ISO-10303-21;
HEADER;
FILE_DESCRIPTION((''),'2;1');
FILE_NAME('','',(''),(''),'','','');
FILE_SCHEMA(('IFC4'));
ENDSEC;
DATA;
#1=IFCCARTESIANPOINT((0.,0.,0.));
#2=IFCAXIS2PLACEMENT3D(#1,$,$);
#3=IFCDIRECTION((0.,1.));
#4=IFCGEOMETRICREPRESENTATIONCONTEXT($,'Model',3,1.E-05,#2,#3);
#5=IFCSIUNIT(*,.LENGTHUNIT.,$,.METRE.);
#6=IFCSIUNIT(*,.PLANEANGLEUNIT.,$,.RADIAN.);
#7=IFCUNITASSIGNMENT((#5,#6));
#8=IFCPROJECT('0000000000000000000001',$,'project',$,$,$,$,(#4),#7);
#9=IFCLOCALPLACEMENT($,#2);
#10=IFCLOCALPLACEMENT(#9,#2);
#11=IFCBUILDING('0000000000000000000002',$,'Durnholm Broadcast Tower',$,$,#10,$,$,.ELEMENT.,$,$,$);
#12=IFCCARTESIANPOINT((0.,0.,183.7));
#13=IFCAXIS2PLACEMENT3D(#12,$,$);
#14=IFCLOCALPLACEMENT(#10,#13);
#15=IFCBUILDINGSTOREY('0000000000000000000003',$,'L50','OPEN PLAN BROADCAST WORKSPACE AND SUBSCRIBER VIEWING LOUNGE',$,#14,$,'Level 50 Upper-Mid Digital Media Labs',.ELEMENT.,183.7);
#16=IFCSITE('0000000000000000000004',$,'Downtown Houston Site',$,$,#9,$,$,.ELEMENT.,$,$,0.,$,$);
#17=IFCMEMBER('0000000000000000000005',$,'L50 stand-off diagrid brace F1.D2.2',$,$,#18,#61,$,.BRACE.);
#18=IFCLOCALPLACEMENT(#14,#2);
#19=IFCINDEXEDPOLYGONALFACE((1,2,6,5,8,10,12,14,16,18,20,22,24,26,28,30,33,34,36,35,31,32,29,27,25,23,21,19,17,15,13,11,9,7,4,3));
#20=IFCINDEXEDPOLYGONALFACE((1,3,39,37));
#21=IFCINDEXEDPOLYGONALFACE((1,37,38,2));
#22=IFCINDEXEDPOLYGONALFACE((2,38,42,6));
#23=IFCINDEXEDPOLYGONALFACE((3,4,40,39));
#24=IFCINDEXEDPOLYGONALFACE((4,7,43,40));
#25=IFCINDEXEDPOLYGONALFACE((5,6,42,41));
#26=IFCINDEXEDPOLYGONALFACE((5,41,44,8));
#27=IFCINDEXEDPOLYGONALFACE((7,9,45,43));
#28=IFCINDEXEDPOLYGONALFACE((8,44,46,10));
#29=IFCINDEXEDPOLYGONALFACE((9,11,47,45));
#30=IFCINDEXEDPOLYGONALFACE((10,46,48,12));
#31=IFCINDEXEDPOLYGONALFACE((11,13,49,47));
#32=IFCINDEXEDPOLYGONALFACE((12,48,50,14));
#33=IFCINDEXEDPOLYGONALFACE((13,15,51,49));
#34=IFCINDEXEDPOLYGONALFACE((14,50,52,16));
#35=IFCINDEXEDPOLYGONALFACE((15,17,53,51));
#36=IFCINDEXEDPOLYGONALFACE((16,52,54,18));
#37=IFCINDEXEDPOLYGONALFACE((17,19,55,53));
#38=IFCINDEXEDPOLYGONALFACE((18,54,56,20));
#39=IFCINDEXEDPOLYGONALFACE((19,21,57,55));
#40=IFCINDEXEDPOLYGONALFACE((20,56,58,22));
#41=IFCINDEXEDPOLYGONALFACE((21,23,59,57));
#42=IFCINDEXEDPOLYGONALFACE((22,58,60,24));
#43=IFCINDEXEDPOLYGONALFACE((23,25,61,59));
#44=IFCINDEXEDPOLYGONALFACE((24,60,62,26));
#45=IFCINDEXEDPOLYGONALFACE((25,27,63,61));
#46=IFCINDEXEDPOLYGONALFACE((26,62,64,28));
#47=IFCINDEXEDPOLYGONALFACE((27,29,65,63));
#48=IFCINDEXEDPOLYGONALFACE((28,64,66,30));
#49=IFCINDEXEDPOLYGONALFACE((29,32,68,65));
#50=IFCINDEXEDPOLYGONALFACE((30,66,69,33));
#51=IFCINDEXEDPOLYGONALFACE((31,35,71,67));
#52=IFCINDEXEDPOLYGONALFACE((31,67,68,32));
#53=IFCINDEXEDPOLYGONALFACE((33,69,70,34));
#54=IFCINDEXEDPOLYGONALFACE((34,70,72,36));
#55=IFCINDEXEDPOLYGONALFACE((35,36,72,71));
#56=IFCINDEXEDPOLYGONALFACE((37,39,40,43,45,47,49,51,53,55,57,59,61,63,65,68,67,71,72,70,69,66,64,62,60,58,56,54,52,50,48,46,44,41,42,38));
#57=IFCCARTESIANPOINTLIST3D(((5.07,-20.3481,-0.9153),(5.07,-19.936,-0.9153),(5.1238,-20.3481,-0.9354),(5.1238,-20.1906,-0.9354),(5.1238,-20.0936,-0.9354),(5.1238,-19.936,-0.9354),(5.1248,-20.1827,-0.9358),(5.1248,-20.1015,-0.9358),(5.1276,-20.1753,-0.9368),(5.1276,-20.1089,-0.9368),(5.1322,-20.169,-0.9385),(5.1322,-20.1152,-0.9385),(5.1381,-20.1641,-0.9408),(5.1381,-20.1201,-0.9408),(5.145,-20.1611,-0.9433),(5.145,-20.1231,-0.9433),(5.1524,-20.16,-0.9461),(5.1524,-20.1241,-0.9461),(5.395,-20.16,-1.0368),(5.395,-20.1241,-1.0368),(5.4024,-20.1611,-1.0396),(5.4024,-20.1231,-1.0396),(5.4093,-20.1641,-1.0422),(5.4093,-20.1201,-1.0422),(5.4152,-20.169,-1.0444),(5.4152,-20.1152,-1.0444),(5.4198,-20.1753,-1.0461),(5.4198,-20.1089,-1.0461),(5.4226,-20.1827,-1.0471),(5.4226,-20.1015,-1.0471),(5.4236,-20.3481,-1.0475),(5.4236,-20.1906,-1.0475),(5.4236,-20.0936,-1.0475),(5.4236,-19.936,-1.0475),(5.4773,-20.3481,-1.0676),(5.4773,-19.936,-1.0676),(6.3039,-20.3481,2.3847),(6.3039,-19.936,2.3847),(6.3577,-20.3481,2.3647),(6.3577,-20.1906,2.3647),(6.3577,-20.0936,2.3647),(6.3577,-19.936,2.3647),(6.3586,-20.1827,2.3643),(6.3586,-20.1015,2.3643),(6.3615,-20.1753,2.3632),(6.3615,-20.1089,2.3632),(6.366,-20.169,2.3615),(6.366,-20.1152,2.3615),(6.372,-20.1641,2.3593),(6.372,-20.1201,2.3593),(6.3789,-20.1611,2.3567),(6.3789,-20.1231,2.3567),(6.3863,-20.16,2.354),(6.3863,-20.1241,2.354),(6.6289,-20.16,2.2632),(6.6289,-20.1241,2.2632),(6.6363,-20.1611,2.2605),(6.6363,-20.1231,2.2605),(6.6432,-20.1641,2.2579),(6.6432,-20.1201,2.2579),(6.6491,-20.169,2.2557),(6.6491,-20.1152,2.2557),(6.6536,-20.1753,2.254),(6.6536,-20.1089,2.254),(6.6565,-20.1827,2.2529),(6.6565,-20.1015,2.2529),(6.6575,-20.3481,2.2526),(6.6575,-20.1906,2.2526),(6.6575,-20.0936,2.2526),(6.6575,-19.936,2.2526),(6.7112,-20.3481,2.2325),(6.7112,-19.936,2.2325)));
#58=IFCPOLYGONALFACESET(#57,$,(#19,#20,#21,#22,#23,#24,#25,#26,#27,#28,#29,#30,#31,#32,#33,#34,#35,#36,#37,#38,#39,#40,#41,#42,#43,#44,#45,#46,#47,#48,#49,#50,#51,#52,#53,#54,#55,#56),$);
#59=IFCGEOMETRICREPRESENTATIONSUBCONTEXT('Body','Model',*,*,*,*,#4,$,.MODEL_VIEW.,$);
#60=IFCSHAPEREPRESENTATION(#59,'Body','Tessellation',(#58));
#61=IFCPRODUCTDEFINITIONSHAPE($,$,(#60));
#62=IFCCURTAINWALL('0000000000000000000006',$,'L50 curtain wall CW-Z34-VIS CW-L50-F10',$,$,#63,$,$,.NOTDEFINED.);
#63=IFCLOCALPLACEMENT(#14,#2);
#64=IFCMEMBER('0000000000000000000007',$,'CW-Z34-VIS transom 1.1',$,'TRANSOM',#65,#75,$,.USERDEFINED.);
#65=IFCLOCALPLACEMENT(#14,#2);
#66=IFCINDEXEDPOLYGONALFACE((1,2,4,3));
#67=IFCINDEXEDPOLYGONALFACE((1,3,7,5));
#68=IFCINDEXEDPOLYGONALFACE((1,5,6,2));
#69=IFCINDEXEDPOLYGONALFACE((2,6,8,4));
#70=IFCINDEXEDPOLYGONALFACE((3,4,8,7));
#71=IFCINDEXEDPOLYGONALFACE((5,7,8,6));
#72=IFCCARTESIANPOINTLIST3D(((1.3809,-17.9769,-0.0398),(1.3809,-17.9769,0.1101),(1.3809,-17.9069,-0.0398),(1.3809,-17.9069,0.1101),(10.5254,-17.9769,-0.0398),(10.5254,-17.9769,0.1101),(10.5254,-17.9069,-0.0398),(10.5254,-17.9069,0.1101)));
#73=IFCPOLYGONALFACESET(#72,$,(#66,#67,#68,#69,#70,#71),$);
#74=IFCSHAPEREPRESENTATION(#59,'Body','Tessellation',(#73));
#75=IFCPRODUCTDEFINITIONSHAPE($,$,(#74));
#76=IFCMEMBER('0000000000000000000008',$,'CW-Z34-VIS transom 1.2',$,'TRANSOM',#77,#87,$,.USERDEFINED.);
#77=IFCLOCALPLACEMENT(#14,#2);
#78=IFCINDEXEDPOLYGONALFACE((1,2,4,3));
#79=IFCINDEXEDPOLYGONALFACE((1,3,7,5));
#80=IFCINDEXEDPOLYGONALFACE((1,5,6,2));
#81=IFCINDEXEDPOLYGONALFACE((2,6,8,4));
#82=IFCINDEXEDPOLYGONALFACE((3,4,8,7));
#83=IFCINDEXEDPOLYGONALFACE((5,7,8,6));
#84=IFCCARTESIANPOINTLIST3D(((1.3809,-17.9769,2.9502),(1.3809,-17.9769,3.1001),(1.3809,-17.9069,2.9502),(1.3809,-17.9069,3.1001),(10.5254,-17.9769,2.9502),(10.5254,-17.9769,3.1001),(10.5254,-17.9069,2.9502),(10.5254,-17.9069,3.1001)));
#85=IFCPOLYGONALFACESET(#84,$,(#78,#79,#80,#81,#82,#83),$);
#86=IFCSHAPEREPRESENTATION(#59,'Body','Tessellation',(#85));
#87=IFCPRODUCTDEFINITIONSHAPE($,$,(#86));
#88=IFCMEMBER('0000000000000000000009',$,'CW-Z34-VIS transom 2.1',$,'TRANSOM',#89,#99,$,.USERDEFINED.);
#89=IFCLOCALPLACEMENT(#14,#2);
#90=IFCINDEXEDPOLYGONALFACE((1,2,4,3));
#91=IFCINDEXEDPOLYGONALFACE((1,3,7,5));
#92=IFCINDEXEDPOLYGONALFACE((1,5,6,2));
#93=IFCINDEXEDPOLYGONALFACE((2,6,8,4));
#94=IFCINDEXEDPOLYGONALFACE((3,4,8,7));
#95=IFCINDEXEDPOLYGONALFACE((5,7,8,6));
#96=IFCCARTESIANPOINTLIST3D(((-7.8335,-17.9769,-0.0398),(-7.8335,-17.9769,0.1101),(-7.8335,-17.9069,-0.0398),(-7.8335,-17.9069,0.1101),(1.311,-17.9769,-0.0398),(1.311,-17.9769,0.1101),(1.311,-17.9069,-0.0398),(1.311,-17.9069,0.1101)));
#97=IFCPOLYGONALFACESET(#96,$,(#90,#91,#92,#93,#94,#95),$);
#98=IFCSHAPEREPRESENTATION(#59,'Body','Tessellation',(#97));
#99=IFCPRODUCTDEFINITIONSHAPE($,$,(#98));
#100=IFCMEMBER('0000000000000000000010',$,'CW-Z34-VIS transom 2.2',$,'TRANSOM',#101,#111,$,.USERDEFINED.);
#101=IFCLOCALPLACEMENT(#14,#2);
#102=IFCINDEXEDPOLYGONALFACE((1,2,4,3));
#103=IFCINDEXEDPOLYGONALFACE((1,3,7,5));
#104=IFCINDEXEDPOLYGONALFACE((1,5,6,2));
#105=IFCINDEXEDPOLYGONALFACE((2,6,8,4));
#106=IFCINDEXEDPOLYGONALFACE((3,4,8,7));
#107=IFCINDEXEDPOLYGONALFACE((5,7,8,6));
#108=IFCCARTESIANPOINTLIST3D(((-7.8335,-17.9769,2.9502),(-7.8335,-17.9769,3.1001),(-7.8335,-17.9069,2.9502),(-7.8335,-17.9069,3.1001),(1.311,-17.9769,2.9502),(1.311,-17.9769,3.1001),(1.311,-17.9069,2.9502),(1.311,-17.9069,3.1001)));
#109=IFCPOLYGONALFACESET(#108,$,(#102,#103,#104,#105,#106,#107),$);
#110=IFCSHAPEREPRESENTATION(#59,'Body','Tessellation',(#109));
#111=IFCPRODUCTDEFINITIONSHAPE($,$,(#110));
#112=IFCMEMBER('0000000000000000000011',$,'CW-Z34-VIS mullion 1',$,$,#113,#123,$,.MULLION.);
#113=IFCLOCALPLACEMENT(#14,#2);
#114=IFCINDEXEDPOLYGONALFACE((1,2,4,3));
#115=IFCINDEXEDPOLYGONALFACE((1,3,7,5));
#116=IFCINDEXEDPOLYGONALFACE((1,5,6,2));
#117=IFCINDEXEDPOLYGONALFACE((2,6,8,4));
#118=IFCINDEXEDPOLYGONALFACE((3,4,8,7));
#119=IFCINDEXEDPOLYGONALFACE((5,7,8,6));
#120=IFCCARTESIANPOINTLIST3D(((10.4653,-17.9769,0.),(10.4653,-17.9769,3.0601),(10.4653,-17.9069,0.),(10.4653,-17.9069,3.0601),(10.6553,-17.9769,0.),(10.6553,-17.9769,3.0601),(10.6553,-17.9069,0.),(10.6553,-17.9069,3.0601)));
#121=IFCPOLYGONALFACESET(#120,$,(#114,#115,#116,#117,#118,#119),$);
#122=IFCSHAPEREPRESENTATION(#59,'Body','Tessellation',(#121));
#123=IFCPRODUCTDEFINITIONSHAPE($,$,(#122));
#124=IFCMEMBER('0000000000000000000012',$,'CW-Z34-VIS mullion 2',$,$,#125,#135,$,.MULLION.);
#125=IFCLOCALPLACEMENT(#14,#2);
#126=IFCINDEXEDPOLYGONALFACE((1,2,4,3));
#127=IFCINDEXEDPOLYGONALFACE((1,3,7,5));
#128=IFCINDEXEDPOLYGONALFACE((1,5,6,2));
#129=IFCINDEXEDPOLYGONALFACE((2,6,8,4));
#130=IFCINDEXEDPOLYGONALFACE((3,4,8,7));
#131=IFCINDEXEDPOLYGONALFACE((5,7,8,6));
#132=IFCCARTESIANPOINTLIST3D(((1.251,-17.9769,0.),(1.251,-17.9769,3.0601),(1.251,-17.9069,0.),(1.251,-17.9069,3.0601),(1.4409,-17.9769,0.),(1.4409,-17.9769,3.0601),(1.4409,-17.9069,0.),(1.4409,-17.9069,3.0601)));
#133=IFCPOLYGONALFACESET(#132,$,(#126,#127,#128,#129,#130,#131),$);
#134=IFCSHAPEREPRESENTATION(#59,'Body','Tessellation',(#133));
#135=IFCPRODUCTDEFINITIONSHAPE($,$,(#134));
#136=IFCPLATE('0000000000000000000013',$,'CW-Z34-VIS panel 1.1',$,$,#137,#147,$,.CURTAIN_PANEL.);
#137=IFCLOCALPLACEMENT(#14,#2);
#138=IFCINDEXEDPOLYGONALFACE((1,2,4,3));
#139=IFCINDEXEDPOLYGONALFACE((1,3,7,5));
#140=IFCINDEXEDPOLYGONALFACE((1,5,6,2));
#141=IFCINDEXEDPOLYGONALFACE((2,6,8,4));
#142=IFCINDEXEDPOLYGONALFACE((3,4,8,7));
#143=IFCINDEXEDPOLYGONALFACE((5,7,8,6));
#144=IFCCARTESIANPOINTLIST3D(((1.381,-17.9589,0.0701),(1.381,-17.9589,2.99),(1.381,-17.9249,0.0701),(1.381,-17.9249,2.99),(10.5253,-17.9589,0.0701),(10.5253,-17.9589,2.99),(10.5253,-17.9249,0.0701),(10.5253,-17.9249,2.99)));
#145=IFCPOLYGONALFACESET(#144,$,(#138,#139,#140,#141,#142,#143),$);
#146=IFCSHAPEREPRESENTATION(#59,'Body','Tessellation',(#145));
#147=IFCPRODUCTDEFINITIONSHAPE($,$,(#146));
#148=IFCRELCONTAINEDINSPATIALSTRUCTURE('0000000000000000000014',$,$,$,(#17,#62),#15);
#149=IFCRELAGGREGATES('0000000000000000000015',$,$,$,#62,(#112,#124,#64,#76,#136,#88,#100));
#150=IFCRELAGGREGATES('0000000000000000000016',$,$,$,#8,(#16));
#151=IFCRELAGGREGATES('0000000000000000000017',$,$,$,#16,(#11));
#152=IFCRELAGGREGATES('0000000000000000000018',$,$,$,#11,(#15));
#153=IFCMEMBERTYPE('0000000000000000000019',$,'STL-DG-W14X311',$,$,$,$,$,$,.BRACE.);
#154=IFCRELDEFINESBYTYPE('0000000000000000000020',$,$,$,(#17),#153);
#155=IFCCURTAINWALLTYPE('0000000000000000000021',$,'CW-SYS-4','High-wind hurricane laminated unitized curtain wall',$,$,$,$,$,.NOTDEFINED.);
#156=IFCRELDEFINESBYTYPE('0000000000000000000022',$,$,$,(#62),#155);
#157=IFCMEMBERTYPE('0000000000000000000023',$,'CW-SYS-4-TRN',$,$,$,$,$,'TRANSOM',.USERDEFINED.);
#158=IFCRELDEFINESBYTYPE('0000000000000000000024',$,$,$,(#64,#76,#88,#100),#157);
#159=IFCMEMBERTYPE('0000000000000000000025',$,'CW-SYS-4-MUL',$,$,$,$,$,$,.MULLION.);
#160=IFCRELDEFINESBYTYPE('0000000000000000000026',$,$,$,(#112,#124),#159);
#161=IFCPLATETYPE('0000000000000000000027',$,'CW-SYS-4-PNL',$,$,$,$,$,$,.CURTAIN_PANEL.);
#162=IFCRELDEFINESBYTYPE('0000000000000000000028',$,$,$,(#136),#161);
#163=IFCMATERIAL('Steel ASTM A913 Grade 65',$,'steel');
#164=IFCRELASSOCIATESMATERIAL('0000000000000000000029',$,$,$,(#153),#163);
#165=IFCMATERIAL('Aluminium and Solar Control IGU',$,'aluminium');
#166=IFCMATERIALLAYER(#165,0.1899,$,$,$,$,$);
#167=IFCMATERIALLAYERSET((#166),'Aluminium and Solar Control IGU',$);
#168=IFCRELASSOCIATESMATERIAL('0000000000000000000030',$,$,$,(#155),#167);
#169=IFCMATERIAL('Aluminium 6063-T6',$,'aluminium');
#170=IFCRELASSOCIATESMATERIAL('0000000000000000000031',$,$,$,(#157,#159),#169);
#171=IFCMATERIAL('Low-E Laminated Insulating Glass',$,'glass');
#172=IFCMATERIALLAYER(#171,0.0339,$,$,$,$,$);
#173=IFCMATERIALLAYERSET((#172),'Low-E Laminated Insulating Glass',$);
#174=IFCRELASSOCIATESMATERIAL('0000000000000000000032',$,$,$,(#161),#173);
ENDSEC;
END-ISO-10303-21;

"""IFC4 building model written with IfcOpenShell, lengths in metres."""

from ifc_helpers import new_model, si_unit, direction, frame, origin, origin_2d, place, context, subcontext, project, spatial, rectangle, i_section, extrude, source, transform, mapped, material, layer, layer_set, material_profile, profile_set, type_object, type_shapes, element, aggregate, save


model = new_model("IFC4")

# Units and contexts
model_context = context("Model", 3, precision=1e-05, world=origin(), true_north=direction((0.0, 1.0)))
body_context = subcontext(model_context, "Body", "Model", "MODEL_VIEW")
ifc_project = project(units=[si_unit("LENGTHUNIT", "METRE"), si_unit("PLANEANGLEUNIT", "RADIAN")], contexts=[model_context])

# Site, building, storey
site_placement = place(None, origin())
site = spatial("IfcSite", under=ifc_project, at=site_placement, Name="Downtown Houston Site", CompositionType="ELEMENT", RefElevation=0.0)
building_placement = place(site_placement, origin())
building = spatial("IfcBuilding", under=site, at=building_placement, Name="Durnholm Broadcast Tower", CompositionType="ELEMENT")
storey_placement = place(building_placement, frame((0.0, 0.0, 183.7)))
storey = spatial("IfcBuildingStorey", under=building, at=storey_placement, Name="L50", Description="OPEN PLAN BROADCAST WORKSPACE AND SUBSCRIBER VIEWING LOUNGE", LongName="Level 50 Upper-Mid Digital Media Labs", CompositionType="ELEMENT", Elevation=183.7)

# Member
ifc_material_1 = material(Name="Steel ASTM A913 Grade 65", Category="steel")
ifc_material_profile_1 = material_profile(ifc_material_1, i_section(OverallWidth=0.4121, OverallDepth=0.4348, WebThickness=0.0359, FlangeThickness=0.0574, FilletRadius=0.0305, at=origin_2d()), Name="W14X311")
ifc_profile_set_1 = profile_set([ifc_material_profile_1], Name="Steel ASTM A913 Grade 65")
member_type_1 = type_object("IfcMemberType", Name="STL-DG-W14X311", PredefinedType="BRACE", material=ifc_profile_set_1)
shared_shape_1 = source(origin(), body_context, "Body", "SweptSolid", [
    extrude(i_section(OverallWidth=0.4121, OverallDepth=0.4348, WebThickness=0.0359, FlangeThickness=0.0574, FilletRadius=0.0305, at=origin_2d()), origin(), (0.0, 0.0, 1.0), 3.5232),
])
type_shapes(member_type_1, [shared_shape_1])
for number, where, z_axis, x_axis, name in (
    (1, (5.2737, -20.1421, -0.9915), (0.35022, 0.0, 0.936668), (0.0, 1.0, 0.0), "L50 stand-off diagrid brace F1.D2.2"),
):
    element("IfcMember", number, at=place(storey_placement, frame(where, z_axis=z_axis, x_axis=x_axis)), inside=storey, type_object=member_type_1, Name=name, PredefinedType="BRACE", context=body_context, shape_type="MappedRepresentation", body=[
        mapped(shared_shape_1, transform((0.0, 0.0, 0.0), x_axis=(1.0, 0.0, 0.0), y_axis=(0.0, 1.0, 0.0), z_axis=(0.0, 0.0, 1.0), scale=1.0)),
    ])

# Curtain wall, members, plate
ifc_material_2 = material(Name="Aluminium and Solar Control IGU", Category="aluminium")
ifc_layer_1 = layer(ifc_material_2, 0.1899)
ifc_layer_set_1 = layer_set([ifc_layer_1], Name="Aluminium and Solar Control IGU")
curtain_wall_type = type_object("IfcCurtainWallType", Name="CW-SYS-4", Description="High-wind hurricane laminated unitized curtain wall", PredefinedType="NOTDEFINED", material=ifc_layer_set_1)
curtain_wall_placement = place(storey_placement, origin())
curtain_wall = element("IfcCurtainWall", 2, at=curtain_wall_placement, inside=storey, type_object=curtain_wall_type, Name="L50 curtain wall CW-Z34-VIS CW-L50-F10", PredefinedType="NOTDEFINED")
ifc_material_3 = material(Name="Aluminium 6063-T6", Category="aluminium")
ifc_material_profile_2 = material_profile(ifc_material_3, rectangle(XDim=0.0701, YDim=0.1499, at=origin_2d()), Name="CWT70X150")
ifc_profile_set_2 = profile_set([ifc_material_profile_2], Name="Aluminium 6063-T6")
member_type_2 = type_object("IfcMemberType", Name="CW-SYS-4-TRN", ElementType="TRANSOM", PredefinedType="USERDEFINED", material=ifc_profile_set_2)
shared_shape_2 = source(origin(), body_context, "Body", "SweptSolid", [
    extrude(rectangle(XDim=0.0701, YDim=0.1499, at=origin_2d()), origin(), (0.0, 0.0, 1.0), 9.1445),
])
type_shapes(member_type_2, [shared_shape_2])
member_1_placement = place(storey_placement, frame((10.5254, -17.9419, 0.0352), z_axis=(-1.0, 0.0, 0.0), x_axis=(0.0, -1.0, 0.0)))
member_1 = element("IfcMember", 3, at=member_1_placement, type_object=member_type_2, Name="CW-Z34-VIS transom 1.1", ObjectType="TRANSOM", PredefinedType="USERDEFINED", context=body_context, shape_type="MappedRepresentation", body=[
    mapped(shared_shape_2, transform((0.0, 0.0, 0.0), x_axis=(1.0, 0.0, 0.0), y_axis=(0.0, 1.0, 0.0), z_axis=(0.0, 0.0, 1.0), scale=1.0)),
])
member_2_placement = place(storey_placement, frame((10.5254, -17.9419, 3.0251), z_axis=(-1.0, 0.0, 0.0), x_axis=(0.0, -1.0, 0.0)))
member_2 = element("IfcMember", 4, at=member_2_placement, type_object=member_type_2, Name="CW-Z34-VIS transom 1.2", ObjectType="TRANSOM", PredefinedType="USERDEFINED", context=body_context, shape_type="MappedRepresentation", body=[
    mapped(shared_shape_2, transform((0.0, 0.0, 0.0), x_axis=(1.0, 0.0, 0.0), y_axis=(0.0, 1.0, 0.0), z_axis=(0.0, 0.0, 1.0), scale=1.0)),
])
member_3_placement = place(storey_placement, frame((1.311, -17.9419, 0.0352), z_axis=(-1.0, 0.0, 0.0), x_axis=(0.0, -1.0, 0.0)))
member_3 = element("IfcMember", 5, at=member_3_placement, type_object=member_type_2, Name="CW-Z34-VIS transom 2.1", ObjectType="TRANSOM", PredefinedType="USERDEFINED", context=body_context, shape_type="MappedRepresentation", body=[
    mapped(shared_shape_2, transform((0.0, 0.0, 0.0), x_axis=(1.0, 0.0, 0.0), y_axis=(0.0, 1.0, 0.0), z_axis=(0.0, 0.0, 1.0), scale=1.0)),
])
member_4_placement = place(storey_placement, frame((1.311, -17.9419, 3.0251), z_axis=(-1.0, 0.0, 0.0), x_axis=(0.0, -1.0, 0.0)))
member_4 = element("IfcMember", 6, at=member_4_placement, type_object=member_type_2, Name="CW-Z34-VIS transom 2.2", ObjectType="TRANSOM", PredefinedType="USERDEFINED", context=body_context, shape_type="MappedRepresentation", body=[
    mapped(shared_shape_2, transform((0.0, 0.0, 0.0), x_axis=(1.0, 0.0, 0.0), y_axis=(0.0, 1.0, 0.0), z_axis=(0.0, 0.0, 1.0), scale=1.0)),
])
ifc_material_profile_3 = material_profile(ifc_material_3, rectangle(XDim=0.0701, YDim=0.1899, at=origin_2d()), Name="CWM70X190")
ifc_profile_set_3 = profile_set([ifc_material_profile_3], Name="Aluminium 6063-T6")
member_type_3 = type_object("IfcMemberType", Name="CW-SYS-4-MUL", PredefinedType="MULLION", material=ifc_profile_set_3)
shared_shape_3 = source(origin(), body_context, "Body", "SweptSolid", [
    extrude(rectangle(XDim=0.0701, YDim=0.1899, at=origin_2d()), origin(), (0.0, 0.0, 1.0), 3.0601),
])
type_shapes(member_type_3, [shared_shape_3])
member_5_placement = place(storey_placement, frame((10.5603, -17.9419, 0.0), z_axis=(0.0, 0.0, 1.0), x_axis=(0.0, -1.0, 0.0)))
member_5 = element("IfcMember", 7, at=member_5_placement, type_object=member_type_3, Name="CW-Z34-VIS mullion 1", PredefinedType="MULLION", context=body_context, shape_type="MappedRepresentation", body=[
    mapped(shared_shape_3, transform((0.0, 0.0, 0.0), x_axis=(1.0, 0.0, 0.0), y_axis=(0.0, 1.0, 0.0), z_axis=(0.0, 0.0, 1.0), scale=1.0)),
])
member_6_placement = place(storey_placement, frame((1.3459, -17.9419, 0.0), z_axis=(0.0, 0.0, 1.0), x_axis=(0.0, -1.0, 0.0)))
member_6 = element("IfcMember", 8, at=member_6_placement, type_object=member_type_3, Name="CW-Z34-VIS mullion 2", PredefinedType="MULLION", context=body_context, shape_type="MappedRepresentation", body=[
    mapped(shared_shape_3, transform((0.0, 0.0, 0.0), x_axis=(1.0, 0.0, 0.0), y_axis=(0.0, 1.0, 0.0), z_axis=(0.0, 0.0, 1.0), scale=1.0)),
])
ifc_material_4 = material(Name="Low-E Laminated Insulating Glass", Category="glass")
ifc_layer_2 = layer(ifc_material_4, 0.0339)
ifc_layer_set_2 = layer_set([ifc_layer_2], Name="Low-E Laminated Insulating Glass")
plate_type = type_object("IfcPlateType", Name="CW-SYS-4-PNL", PredefinedType="CURTAIN_PANEL", material=ifc_layer_set_2)
shared_shape_4 = source(origin(), body_context, "Body", "SweptSolid", [
    extrude(rectangle(XDim=9.1443, YDim=0.0339, at=origin_2d()), origin(), (0.0, 0.0, 1.0), 2.9199),
])
type_shapes(plate_type, [shared_shape_4])
plate_placement = place(storey_placement, frame((5.9531, -17.9419, 0.0701), z_axis=(0.0, 0.0, 1.0), x_axis=(-1.0, 0.0, 0.0)))
plate = element("IfcPlate", 9, at=plate_placement, type_object=plate_type, Name="CW-Z34-VIS panel 1.1", PredefinedType="CURTAIN_PANEL", context=body_context, shape_type="MappedRepresentation", body=[
    mapped(shared_shape_4, transform((0.0, 0.0, 0.0), x_axis=(1.0, 0.0, 0.0), y_axis=(0.0, 1.0, 0.0), z_axis=(0.0, 0.0, 1.0), scale=1.0)),
])
aggregate(curtain_wall, [member_5, member_6, member_1, member_2, plate, member_3, member_4])

save(model, "model.ifc")
